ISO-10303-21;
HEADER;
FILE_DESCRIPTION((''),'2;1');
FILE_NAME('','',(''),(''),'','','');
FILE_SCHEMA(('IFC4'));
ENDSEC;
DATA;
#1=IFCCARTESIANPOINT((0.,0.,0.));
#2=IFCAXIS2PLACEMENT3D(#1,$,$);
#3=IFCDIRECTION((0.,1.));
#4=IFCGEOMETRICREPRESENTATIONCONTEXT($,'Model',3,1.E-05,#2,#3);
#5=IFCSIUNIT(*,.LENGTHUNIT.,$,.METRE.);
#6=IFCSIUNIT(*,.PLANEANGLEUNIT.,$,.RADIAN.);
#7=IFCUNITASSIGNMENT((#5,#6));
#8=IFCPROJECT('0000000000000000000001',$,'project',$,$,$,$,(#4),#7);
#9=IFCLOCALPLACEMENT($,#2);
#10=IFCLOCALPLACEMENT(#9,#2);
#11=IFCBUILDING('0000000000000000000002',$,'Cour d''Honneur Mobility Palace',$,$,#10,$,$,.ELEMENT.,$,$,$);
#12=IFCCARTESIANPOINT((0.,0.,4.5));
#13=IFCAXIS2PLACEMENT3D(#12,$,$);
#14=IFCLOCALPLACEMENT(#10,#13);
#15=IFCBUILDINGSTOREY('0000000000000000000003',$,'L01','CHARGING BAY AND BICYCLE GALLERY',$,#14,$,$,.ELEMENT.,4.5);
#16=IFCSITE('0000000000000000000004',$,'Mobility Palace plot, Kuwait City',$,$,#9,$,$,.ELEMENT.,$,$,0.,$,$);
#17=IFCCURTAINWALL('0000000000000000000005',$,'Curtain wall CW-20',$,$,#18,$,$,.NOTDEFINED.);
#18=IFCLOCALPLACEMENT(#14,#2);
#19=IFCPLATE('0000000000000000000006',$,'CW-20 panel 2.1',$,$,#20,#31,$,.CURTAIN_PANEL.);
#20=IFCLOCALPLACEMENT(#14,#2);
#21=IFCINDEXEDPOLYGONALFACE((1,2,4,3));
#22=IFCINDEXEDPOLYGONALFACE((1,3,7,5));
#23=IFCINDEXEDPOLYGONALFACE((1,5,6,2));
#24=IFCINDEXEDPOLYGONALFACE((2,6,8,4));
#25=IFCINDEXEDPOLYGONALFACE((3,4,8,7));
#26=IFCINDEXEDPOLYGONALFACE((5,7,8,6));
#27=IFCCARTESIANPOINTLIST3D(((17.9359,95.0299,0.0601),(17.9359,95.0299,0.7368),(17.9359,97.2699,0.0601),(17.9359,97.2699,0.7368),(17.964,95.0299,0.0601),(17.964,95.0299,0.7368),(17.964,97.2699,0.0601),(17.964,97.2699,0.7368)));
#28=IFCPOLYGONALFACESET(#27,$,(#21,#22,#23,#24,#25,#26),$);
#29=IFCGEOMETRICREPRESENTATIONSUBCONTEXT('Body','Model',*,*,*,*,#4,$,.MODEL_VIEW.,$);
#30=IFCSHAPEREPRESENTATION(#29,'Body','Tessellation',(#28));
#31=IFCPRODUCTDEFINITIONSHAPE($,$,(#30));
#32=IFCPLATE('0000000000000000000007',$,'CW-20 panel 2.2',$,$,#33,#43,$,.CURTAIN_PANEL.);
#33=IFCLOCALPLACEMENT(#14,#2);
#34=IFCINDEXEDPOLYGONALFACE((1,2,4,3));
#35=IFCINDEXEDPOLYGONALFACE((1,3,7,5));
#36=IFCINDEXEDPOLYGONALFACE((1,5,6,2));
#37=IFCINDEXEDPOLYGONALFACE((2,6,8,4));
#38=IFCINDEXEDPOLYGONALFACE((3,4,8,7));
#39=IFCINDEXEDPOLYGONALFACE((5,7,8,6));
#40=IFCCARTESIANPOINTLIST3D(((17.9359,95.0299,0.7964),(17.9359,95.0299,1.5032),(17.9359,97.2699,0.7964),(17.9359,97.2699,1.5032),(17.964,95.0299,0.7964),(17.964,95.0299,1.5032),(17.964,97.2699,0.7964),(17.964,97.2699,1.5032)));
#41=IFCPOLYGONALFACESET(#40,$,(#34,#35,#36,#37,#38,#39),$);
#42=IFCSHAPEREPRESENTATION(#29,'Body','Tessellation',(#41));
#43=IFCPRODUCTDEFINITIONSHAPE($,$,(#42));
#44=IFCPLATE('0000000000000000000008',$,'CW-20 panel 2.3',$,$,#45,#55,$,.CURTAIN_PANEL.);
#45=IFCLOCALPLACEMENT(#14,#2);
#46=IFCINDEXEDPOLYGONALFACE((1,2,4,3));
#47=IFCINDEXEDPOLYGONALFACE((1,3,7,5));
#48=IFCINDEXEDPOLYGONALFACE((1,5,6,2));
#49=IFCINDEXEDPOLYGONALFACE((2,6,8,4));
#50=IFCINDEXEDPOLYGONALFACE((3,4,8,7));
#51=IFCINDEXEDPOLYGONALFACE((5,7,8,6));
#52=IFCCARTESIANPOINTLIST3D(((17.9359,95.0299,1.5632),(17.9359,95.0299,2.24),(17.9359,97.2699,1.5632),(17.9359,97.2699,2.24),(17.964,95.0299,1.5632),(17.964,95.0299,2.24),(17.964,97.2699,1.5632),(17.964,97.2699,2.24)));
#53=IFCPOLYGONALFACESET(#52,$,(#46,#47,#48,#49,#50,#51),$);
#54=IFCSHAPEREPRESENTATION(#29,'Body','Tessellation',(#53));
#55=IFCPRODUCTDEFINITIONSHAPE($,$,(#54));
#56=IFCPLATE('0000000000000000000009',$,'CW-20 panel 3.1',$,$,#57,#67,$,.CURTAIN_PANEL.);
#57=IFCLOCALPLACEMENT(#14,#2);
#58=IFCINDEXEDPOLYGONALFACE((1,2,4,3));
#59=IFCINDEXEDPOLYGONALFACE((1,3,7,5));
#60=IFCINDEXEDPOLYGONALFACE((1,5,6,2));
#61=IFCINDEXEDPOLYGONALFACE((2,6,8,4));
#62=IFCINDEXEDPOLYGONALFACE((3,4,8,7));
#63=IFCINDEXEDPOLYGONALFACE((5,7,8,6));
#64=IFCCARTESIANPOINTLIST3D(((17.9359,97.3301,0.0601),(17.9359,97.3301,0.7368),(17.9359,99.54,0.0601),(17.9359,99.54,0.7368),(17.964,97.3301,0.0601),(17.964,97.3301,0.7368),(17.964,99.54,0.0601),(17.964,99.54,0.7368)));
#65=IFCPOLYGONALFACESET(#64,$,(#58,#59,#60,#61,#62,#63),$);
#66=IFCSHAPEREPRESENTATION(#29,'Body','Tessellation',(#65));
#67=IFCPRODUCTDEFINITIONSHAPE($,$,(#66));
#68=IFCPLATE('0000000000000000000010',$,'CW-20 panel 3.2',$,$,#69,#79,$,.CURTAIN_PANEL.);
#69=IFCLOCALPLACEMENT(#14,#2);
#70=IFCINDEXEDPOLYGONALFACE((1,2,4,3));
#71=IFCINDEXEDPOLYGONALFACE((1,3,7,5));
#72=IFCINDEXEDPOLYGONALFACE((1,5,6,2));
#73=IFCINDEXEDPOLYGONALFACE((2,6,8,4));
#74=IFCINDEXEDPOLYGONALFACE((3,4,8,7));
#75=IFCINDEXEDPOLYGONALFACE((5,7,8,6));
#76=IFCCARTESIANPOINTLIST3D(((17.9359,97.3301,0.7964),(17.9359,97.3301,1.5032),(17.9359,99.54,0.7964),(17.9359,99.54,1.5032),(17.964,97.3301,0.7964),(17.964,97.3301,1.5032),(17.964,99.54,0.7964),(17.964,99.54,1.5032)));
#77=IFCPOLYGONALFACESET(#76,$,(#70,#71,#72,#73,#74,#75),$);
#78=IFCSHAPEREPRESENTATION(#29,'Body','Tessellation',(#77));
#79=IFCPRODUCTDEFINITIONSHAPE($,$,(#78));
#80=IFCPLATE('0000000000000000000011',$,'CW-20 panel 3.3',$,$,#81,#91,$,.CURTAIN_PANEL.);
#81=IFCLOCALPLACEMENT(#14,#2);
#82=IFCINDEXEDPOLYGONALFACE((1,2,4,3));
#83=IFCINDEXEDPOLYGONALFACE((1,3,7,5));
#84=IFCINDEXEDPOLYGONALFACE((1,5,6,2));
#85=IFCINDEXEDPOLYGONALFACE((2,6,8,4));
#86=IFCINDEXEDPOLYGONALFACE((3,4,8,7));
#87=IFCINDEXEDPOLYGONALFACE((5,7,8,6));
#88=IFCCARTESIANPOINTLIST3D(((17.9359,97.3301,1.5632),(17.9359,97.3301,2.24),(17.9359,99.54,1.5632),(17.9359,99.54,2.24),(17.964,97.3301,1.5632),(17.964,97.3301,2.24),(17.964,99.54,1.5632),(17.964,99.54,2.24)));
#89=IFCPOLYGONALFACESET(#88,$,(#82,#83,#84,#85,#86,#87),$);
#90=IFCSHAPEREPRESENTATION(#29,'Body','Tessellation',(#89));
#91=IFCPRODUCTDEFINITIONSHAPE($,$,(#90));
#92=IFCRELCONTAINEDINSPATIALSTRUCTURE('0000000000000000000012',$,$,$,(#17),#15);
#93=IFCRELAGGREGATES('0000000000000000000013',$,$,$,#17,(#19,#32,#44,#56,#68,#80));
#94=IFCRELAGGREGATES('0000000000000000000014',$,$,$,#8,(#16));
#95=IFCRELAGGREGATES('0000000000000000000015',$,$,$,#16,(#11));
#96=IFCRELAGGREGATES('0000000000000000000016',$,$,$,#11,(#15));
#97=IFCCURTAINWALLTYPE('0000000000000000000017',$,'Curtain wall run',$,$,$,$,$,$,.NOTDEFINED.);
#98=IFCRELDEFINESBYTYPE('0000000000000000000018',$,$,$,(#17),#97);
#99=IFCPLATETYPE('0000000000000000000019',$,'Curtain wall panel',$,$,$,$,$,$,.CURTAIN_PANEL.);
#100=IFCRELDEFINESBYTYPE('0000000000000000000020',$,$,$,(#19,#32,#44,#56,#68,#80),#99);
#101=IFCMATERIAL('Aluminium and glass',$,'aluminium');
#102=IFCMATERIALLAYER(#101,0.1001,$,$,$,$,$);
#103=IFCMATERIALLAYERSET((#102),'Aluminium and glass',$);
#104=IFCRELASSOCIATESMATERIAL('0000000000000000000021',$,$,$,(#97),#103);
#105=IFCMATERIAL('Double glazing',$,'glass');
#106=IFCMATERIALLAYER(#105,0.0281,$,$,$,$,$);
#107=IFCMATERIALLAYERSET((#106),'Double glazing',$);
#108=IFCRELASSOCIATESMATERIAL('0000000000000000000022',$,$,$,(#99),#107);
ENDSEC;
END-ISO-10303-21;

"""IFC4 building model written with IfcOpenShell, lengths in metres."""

from ifc_helpers import new_model, si_unit, direction, frame, origin, origin_2d, place, context, subcontext, project, spatial, rectangle, extrude, material, layer, layer_set, type_object, element, aggregate, save


model = new_model("IFC4")

# Units and contexts
model_context = context("Model", 3, precision=1e-05, world=origin(), true_north=direction((0.0, 1.0)))
body_context = subcontext(model_context, "Body", "Model", "MODEL_VIEW")
ifc_project = project(units=[si_unit("LENGTHUNIT", "METRE"), si_unit("PLANEANGLEUNIT", "RADIAN")], contexts=[model_context])

# Site, building, storey
site_placement = place(None, origin())
site = spatial("IfcSite", under=ifc_project, at=site_placement, Name="Mobility Palace plot, Kuwait City", CompositionType="ELEMENT", RefElevation=0.0)
building_placement = place(site_placement, origin())
building = spatial("IfcBuilding", under=site, at=building_placement, Name="Cour d'Honneur Mobility Palace", CompositionType="ELEMENT")
storey_placement = place(building_placement, frame((0.0, 0.0, 4.5)))
storey = spatial("IfcBuildingStorey", under=building, at=storey_placement, Name="L01", Description="CHARGING BAY AND BICYCLE GALLERY", CompositionType="ELEMENT", Elevation=4.5)

# Curtain wall
ifc_material_1 = material(Name="Aluminium and glass", Category="aluminium")
ifc_layer_1 = layer(ifc_material_1, 0.1001)
ifc_layer_set_1 = layer_set([ifc_layer_1], Name="Aluminium and glass")
curtain_wall_type = type_object("IfcCurtainWallType", Name="Curtain wall run", PredefinedType="NOTDEFINED", material=ifc_layer_set_1)
curtain_wall_1_placement = place(storey_placement, origin())
curtain_wall_1 = element("IfcCurtainWall", 1, at=curtain_wall_1_placement, inside=storey, type_object=curtain_wall_type, Name="Curtain wall CW-20", PredefinedType="NOTDEFINED")

# Plates
ifc_material_2 = material(Name="Double glazing", Category="glass")
ifc_layer_2 = layer(ifc_material_2, 0.0281)
ifc_layer_set_2 = layer_set([ifc_layer_2], Name="Double glazing")
plate_type = type_object("IfcPlateType", Name="Curtain wall panel", PredefinedType="CURTAIN_PANEL", material=ifc_layer_set_2)
plate_1_placement = place(storey_placement, frame((17.95, 96.1499, 0.0601), z_axis=(0.0, 0.0, 1.0), x_axis=(0.0, 1.0, 0.0)))
plate_1 = element("IfcPlate", 2, at=plate_1_placement, type_object=plate_type, Name="CW-20 panel 2.1", PredefinedType="CURTAIN_PANEL", context=body_context, shape_type="SweptSolid", body=[
    extrude(rectangle(XDim=2.24, YDim=0.0281, at=origin_2d()), origin(), (0.0, 0.0, 1.0), 0.6768),
])
plate_2_placement = place(storey_placement, frame((17.95, 96.1499, 0.7964), z_axis=(0.0, 0.0, 1.0), x_axis=(0.0, 1.0, 0.0)))
plate_2 = element("IfcPlate", 3, at=plate_2_placement, type_object=plate_type, Name="CW-20 panel 2.2", PredefinedType="CURTAIN_PANEL", context=body_context, shape_type="SweptSolid", body=[
    extrude(rectangle(XDim=2.24, YDim=0.0281, at=origin_2d()), origin(), (0.0, 0.0, 1.0), 0.7068),
])
plate_3_placement = place(storey_placement, frame((17.95, 96.1499, 1.5632), z_axis=(0.0, 0.0, 1.0), x_axis=(0.0, 1.0, 0.0)))
plate_3 = element("IfcPlate", 4, at=plate_3_placement, type_object=plate_type, Name="CW-20 panel 2.3", PredefinedType="CURTAIN_PANEL", context=body_context, shape_type="SweptSolid", body=[
    extrude(rectangle(XDim=2.24, YDim=0.0281, at=origin_2d()), origin(), (0.0, 0.0, 1.0), 0.6768),
])
plate_4_placement = place(storey_placement, frame((17.95, 98.4351, 0.0601), z_axis=(0.0, 0.0, 1.0), x_axis=(0.0, 1.0, 0.0)))
plate_4 = element("IfcPlate", 5, at=plate_4_placement, type_object=plate_type, Name="CW-20 panel 3.1", PredefinedType="CURTAIN_PANEL", context=body_context, shape_type="SweptSolid", body=[
    extrude(rectangle(XDim=2.21, YDim=0.0281, at=origin_2d()), origin(), (0.0, 0.0, 1.0), 0.6768),
])
plate_5_placement = place(storey_placement, frame((17.95, 98.4351, 0.7964), z_axis=(0.0, 0.0, 1.0), x_axis=(0.0, 1.0, 0.0)))
plate_5 = element("IfcPlate", 6, at=plate_5_placement, type_object=plate_type, Name="CW-20 panel 3.2", PredefinedType="CURTAIN_PANEL", context=body_context, shape_type="SweptSolid", body=[
    extrude(rectangle(XDim=2.21, YDim=0.0281, at=origin_2d()), origin(), (0.0, 0.0, 1.0), 0.7068),
])
plate_6_placement = place(storey_placement, frame((17.95, 98.4351, 1.5632), z_axis=(0.0, 0.0, 1.0), x_axis=(0.0, 1.0, 0.0)))
plate_6 = element("IfcPlate", 7, at=plate_6_placement, type_object=plate_type, Name="CW-20 panel 3.3", PredefinedType="CURTAIN_PANEL", context=body_context, shape_type="SweptSolid", body=[
    extrude(rectangle(XDim=2.21, YDim=0.0281, at=origin_2d()), origin(), (0.0, 0.0, 1.0), 0.6768),
])
aggregate(curtain_wall_1, [plate_1, plate_2, plate_3, plate_4, plate_5, plate_6])

save(model, "model.ifc")
